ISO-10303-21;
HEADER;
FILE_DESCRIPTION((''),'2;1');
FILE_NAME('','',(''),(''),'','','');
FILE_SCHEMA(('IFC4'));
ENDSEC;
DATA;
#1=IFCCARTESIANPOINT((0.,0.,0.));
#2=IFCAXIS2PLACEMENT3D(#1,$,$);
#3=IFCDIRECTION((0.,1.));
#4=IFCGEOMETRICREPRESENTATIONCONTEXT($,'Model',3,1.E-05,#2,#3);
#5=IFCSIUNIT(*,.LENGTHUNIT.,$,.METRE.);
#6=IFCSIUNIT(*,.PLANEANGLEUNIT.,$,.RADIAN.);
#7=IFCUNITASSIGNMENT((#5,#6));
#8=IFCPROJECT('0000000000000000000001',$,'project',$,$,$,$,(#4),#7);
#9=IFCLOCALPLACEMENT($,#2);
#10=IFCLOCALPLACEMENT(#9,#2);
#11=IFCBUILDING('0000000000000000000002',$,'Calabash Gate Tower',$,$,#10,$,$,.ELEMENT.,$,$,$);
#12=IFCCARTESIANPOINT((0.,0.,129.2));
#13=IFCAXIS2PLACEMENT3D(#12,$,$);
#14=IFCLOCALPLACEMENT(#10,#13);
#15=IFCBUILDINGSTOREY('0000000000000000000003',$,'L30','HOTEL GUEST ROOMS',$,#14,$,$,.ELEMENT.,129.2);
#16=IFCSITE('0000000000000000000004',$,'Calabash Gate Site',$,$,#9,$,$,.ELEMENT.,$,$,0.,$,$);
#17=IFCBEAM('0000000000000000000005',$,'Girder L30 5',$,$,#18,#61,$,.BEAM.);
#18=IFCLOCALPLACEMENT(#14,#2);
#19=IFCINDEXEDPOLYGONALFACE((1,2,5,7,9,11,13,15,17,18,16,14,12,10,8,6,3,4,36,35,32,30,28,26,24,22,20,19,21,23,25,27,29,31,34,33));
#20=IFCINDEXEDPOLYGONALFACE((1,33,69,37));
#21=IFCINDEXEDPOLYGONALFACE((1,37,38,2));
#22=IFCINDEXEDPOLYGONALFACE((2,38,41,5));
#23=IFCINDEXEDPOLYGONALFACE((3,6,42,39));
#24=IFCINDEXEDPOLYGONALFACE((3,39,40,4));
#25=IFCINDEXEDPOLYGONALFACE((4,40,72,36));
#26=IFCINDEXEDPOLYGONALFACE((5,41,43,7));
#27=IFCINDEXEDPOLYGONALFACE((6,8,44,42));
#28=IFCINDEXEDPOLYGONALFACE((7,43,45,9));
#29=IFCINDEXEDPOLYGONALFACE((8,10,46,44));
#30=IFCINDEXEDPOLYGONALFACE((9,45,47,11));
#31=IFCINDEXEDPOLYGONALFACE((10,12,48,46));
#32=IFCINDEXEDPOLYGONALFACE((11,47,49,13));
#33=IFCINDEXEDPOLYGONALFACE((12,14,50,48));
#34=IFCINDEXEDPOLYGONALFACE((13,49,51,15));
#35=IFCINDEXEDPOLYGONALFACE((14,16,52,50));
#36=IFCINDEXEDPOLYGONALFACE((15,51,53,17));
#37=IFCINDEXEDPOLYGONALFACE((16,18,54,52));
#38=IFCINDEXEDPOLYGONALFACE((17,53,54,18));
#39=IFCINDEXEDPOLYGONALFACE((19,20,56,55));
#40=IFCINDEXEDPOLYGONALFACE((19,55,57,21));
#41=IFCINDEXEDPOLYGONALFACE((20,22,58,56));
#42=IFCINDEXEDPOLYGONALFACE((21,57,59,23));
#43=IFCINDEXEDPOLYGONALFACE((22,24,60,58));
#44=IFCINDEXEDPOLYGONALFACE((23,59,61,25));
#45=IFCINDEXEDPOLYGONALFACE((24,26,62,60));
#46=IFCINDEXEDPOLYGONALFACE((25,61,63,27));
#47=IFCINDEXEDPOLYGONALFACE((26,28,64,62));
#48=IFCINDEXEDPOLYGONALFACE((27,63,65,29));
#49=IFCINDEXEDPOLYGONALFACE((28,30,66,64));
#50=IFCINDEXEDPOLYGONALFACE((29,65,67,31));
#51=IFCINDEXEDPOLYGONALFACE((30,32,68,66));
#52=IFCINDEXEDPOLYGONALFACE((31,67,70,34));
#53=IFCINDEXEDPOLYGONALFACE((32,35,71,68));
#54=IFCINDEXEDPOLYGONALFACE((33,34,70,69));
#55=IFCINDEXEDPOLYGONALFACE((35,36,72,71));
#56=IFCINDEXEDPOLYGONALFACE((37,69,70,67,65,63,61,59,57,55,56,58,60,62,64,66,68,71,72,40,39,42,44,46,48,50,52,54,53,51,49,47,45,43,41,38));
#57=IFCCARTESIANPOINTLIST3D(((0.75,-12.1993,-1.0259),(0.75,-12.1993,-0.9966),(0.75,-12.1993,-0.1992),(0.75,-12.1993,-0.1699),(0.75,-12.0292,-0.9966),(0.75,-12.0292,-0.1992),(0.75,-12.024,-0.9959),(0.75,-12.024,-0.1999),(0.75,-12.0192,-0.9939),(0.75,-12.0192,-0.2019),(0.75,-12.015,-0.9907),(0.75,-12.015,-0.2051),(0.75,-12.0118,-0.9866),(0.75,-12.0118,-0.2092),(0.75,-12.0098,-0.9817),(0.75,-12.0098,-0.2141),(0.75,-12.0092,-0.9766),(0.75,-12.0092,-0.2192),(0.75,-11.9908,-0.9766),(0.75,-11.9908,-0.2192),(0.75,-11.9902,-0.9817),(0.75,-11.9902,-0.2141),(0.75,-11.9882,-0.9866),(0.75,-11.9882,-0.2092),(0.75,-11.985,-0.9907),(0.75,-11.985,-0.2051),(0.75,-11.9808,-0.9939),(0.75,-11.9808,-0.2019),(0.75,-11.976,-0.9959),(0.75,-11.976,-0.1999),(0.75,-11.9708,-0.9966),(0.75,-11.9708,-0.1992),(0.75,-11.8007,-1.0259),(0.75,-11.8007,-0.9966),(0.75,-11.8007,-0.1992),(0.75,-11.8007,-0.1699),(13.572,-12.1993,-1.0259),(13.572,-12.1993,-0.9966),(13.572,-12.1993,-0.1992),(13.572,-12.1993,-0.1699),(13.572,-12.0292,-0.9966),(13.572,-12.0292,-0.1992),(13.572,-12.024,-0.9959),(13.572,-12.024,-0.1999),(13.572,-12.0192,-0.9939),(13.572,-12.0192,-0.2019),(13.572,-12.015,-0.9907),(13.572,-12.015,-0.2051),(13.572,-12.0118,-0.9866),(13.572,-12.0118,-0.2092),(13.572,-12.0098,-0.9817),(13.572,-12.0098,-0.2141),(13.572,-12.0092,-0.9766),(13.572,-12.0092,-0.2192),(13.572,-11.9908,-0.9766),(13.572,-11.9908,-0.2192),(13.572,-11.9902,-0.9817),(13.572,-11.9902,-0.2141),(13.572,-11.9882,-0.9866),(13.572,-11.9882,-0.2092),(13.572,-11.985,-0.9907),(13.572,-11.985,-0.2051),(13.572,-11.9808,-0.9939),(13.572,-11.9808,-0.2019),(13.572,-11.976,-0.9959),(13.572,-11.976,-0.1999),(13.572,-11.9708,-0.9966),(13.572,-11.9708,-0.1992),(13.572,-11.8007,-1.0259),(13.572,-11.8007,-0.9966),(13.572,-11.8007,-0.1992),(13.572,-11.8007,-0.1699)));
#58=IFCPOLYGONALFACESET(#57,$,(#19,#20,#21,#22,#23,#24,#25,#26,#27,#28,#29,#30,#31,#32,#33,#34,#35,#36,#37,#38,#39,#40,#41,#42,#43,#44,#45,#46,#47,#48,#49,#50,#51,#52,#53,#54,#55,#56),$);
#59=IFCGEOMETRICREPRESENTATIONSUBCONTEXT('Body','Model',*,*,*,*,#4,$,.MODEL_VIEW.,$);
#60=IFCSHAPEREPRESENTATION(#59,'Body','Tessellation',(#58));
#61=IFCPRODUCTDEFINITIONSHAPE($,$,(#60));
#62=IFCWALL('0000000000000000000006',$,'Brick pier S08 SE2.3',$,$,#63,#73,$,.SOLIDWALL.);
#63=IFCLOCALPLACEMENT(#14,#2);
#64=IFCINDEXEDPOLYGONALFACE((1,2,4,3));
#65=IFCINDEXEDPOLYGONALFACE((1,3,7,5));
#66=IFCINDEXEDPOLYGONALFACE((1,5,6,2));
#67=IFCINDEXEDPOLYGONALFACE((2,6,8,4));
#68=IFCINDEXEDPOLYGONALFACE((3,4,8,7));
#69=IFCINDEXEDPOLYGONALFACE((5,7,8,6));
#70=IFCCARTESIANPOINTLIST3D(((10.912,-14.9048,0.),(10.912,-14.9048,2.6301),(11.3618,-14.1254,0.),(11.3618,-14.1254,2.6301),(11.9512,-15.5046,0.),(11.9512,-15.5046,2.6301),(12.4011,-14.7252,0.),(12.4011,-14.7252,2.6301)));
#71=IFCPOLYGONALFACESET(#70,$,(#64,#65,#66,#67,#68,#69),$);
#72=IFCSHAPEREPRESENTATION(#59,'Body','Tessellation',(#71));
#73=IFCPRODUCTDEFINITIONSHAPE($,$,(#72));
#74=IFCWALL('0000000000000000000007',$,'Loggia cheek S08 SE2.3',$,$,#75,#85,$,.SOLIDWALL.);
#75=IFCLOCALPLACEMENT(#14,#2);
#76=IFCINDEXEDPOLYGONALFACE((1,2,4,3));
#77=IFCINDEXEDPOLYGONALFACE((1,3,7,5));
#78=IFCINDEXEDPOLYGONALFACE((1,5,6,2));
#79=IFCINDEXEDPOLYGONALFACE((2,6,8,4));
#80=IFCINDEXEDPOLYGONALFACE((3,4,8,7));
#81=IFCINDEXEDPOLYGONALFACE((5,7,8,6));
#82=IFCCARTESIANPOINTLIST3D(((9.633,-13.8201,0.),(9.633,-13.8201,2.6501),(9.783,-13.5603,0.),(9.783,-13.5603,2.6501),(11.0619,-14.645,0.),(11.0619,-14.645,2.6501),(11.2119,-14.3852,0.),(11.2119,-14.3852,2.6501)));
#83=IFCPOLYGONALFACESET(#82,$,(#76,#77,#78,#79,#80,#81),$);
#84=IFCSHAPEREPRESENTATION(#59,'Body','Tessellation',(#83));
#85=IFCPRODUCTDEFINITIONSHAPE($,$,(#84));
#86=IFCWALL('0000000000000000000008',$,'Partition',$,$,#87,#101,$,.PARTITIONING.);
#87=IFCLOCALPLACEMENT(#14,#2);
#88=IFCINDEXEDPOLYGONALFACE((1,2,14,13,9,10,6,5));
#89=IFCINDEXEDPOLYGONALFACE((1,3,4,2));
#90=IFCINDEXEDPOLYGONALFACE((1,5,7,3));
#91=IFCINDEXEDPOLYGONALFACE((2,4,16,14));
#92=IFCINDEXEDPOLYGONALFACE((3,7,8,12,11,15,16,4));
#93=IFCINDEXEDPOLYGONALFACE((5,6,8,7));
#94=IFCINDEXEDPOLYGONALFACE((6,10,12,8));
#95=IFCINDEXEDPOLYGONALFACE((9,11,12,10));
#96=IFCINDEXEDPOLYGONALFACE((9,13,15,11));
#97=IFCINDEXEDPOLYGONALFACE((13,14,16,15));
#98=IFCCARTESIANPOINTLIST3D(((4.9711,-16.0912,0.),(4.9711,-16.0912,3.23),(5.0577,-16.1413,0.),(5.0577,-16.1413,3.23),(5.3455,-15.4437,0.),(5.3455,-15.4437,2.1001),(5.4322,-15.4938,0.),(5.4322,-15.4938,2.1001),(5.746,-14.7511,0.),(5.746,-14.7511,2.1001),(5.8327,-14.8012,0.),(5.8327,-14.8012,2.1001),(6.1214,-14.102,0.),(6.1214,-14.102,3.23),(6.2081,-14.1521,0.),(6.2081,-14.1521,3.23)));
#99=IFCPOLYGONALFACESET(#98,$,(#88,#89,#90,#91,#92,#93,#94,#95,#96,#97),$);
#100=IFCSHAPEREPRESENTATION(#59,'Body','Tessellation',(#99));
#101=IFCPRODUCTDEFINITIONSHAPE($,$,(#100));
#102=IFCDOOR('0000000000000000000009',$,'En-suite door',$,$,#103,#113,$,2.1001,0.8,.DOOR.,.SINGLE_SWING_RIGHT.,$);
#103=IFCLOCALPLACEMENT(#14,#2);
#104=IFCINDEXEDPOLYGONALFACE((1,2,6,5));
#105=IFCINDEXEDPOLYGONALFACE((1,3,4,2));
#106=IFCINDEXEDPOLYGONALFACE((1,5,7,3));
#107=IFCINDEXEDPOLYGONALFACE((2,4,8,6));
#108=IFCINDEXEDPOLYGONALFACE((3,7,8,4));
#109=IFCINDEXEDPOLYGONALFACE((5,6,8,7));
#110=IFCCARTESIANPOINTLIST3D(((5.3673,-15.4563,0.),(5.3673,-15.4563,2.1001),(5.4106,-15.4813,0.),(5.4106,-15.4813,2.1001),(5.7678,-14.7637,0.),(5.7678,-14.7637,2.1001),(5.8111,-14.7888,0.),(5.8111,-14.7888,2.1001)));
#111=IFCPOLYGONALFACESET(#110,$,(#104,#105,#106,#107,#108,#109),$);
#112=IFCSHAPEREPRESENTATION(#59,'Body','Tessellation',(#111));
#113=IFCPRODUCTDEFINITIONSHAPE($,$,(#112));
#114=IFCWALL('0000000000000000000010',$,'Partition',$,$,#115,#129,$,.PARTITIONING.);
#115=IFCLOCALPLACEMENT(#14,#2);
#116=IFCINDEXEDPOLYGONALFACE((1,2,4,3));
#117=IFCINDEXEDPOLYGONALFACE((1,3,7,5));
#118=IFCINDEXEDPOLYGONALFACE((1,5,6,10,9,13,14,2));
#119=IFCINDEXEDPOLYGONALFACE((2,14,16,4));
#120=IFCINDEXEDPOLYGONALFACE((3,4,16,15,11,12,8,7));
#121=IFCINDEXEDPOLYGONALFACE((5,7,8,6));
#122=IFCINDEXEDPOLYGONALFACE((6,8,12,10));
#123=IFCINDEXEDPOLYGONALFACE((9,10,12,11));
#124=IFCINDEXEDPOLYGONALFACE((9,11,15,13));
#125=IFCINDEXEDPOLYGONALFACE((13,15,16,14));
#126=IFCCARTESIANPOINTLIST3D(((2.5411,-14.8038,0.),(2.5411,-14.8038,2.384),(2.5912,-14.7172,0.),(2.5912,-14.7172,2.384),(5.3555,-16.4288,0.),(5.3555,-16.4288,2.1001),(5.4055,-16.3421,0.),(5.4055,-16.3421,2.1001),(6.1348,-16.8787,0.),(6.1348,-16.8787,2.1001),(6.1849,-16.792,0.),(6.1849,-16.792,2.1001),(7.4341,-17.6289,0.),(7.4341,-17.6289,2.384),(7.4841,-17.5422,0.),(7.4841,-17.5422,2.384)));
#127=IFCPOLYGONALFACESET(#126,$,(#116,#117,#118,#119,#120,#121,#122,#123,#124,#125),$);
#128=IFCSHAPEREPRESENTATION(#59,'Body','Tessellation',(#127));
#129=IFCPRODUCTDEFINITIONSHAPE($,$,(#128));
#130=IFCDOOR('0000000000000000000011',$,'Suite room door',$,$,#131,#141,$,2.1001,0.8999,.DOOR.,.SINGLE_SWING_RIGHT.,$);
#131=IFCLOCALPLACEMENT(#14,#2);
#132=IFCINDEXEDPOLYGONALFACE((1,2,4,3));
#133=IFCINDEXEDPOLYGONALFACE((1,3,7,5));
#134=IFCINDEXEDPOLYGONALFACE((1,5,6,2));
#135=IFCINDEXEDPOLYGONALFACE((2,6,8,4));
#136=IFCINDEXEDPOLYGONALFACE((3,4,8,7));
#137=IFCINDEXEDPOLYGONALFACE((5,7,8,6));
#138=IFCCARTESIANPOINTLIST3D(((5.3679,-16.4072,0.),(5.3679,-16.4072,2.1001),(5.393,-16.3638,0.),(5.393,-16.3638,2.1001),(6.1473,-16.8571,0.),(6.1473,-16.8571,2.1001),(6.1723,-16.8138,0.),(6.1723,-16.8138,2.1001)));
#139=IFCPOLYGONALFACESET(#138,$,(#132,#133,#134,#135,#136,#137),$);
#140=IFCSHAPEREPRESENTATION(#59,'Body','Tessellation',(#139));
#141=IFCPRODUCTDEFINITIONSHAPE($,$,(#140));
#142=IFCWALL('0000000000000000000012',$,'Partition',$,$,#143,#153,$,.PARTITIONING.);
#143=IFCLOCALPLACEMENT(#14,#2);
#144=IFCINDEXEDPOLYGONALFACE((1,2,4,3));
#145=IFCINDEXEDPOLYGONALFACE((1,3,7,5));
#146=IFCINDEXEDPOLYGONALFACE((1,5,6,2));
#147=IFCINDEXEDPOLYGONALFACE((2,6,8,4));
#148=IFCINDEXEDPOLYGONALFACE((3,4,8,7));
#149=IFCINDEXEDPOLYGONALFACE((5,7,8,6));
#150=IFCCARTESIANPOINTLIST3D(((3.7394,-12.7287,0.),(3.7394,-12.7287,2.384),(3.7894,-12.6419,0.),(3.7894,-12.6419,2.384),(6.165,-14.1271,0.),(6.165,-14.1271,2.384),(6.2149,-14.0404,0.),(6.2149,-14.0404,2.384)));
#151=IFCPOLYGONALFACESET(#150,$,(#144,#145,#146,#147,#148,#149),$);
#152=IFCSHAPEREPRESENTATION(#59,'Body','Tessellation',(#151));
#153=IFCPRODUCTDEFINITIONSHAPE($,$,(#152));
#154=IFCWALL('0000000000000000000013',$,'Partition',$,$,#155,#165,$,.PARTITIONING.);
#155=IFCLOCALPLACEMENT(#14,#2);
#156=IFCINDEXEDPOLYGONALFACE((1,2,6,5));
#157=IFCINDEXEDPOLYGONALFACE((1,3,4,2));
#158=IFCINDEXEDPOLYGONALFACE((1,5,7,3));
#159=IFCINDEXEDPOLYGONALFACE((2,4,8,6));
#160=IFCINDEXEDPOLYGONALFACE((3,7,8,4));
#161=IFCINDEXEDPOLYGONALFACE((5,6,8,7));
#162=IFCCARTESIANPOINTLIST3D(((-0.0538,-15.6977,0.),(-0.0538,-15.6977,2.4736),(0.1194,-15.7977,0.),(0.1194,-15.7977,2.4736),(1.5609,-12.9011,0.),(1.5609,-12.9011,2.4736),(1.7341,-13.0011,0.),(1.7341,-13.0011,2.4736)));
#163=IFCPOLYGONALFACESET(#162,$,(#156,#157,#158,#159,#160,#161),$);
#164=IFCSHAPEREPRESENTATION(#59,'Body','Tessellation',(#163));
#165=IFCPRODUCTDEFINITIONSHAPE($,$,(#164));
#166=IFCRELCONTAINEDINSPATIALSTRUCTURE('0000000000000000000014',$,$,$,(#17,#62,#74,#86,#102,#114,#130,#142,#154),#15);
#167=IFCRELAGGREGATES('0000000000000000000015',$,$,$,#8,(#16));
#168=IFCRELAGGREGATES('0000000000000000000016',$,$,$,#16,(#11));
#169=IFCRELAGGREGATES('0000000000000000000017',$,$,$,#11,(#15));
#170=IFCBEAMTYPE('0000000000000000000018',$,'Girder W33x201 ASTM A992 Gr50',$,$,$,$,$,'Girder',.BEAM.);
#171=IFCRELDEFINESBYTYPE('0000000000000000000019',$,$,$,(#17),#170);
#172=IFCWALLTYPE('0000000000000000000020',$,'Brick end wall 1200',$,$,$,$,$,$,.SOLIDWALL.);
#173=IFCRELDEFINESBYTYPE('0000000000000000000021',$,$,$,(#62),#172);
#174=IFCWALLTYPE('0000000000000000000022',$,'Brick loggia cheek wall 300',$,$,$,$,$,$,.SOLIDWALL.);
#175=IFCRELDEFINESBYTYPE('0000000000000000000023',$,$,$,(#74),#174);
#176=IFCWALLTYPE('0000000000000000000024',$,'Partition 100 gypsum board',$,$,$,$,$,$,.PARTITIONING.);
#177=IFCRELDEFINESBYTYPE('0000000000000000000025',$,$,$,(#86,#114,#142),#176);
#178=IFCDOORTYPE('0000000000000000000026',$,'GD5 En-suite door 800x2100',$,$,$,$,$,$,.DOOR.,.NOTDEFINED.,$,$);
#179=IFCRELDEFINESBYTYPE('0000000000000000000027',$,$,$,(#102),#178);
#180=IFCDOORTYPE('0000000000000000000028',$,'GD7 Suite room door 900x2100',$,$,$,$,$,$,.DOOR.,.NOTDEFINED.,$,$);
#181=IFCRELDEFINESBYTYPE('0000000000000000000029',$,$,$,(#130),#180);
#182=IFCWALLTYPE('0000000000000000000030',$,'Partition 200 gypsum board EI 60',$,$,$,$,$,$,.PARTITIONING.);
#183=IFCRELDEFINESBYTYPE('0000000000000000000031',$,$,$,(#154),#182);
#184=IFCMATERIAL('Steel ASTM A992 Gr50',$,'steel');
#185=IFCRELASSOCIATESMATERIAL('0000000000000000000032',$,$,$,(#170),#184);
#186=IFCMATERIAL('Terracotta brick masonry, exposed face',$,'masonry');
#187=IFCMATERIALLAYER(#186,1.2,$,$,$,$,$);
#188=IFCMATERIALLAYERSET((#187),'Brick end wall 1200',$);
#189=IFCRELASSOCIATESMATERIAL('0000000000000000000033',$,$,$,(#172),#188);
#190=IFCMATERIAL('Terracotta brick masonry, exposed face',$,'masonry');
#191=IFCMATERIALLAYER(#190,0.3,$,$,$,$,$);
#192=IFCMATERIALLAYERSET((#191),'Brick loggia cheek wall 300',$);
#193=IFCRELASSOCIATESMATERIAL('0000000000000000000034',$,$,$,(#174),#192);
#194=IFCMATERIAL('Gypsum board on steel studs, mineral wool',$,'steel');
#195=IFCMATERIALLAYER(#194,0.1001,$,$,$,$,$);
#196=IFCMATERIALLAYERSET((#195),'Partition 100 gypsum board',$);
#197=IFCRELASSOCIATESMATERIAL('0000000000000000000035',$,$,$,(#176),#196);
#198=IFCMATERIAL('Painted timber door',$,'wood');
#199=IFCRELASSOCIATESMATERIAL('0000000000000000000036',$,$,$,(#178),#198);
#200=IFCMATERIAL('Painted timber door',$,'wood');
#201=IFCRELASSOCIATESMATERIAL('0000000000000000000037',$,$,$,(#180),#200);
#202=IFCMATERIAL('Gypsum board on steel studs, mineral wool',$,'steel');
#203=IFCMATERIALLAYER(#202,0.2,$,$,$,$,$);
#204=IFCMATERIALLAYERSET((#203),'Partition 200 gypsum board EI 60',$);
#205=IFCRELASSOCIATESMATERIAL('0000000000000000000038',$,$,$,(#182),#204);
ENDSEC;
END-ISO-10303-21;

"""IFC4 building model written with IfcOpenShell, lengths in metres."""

from ifc_helpers import new_model, si_unit, direction, frame, frame_2d, origin, origin_2d, place, context, subcontext, project, spatial, rectangle, i_section, extrude, material, layer, layer_set, material_profile, profile_set, type_object, element, fill, save


model = new_model("IFC4")

# Units and contexts
model_context = context("Model", 3, precision=1e-05, world=origin(), true_north=direction((0.0, 1.0)))
body_context = subcontext(model_context, "Body", "Model", "MODEL_VIEW")
ifc_project = project(units=[si_unit("LENGTHUNIT", "METRE"), si_unit("PLANEANGLEUNIT", "RADIAN")], contexts=[model_context])

# Site, building, storey
site_placement = place(None, origin())
site = spatial("IfcSite", under=ifc_project, at=site_placement, Name="Calabash Gate Site", CompositionType="ELEMENT", RefElevation=0.0)
building_placement = place(site_placement, origin())
building = spatial("IfcBuilding", under=site, at=building_placement, Name="Calabash Gate Tower", CompositionType="ELEMENT")
storey_placement = place(building_placement, frame((0.0, 0.0, 129.2)))
storey = spatial("IfcBuildingStorey", under=building, at=storey_placement, Name="L30", Description="HOTEL GUEST ROOMS", CompositionType="ELEMENT", Elevation=129.2)

# Beam
ifc_material_1 = material(Name="Steel ASTM A992 Gr50", Category="steel")
ifc_material_profile_1 = material_profile(ifc_material_1, i_section(OverallWidth=0.3987, OverallDepth=0.856, WebThickness=0.0183, FlangeThickness=0.0293, FilletRadius=0.02, at=origin_2d()))
ifc_profile_set_1 = profile_set([ifc_material_profile_1], Name="Steel ASTM A992 Gr50")
beam_type_1 = type_object("IfcBeamType", Name="Girder W33x201 ASTM A992 Gr50", ElementType="Girder", PredefinedType="BEAM", material=ifc_profile_set_1)
beam_1_placement = place(storey_placement, frame((0.75, -12.0, -0.5979), z_axis=(1.0, 0.0, 0.0), x_axis=(0.0, 1.0, 0.0)))
element("IfcBeam", 1, at=beam_1_placement, inside=storey, type_object=beam_type_1, Name="Girder L30 5", PredefinedType="BEAM", context=body_context, shape_type="SweptSolid", body=[
    extrude(i_section(OverallWidth=0.3987, OverallDepth=0.856, WebThickness=0.0183, FlangeThickness=0.0293, FilletRadius=0.02, at=origin_2d()), origin(), (0.0, 0.0, 1.0), 12.822),
])

# Walls
ifc_material_2 = material(Name="Terracotta brick masonry, exposed face", Category="masonry")
ifc_layer_1 = layer(ifc_material_2, 1.2)
ifc_layer_set_1 = layer_set([ifc_layer_1], Name="Brick end wall 1200")
wall_type_1 = type_object("IfcWallType", Name="Brick end wall 1200", PredefinedType="SOLIDWALL", material=ifc_layer_set_1)
wall_1_placement = place(storey_placement, frame((12.1763, -15.115, 0.0), z_axis=(0.0, 0.0, 1.0), x_axis=(-0.866094, 0.499881, 0.0)))
element("IfcWall", 2, at=wall_1_placement, inside=storey, type_object=wall_type_1, Name="Brick pier S08 SE2.3", PredefinedType="SOLIDWALL", context=body_context, shape_type="SweptSolid", body=[
    extrude(rectangle(XDim=1.2, YDim=0.8999, at=frame_2d((0.6001, 0.0))), origin(), (0.0, 0.0, 1.0), 2.6301),
])
ifc_material_3 = material(Name="Terracotta brick masonry, exposed face", Category="masonry")
ifc_layer_2 = layer(ifc_material_3, 0.3)
ifc_layer_set_2 = layer_set([ifc_layer_2], Name="Brick loggia cheek wall 300")
wall_type_2 = type_object("IfcWallType", Name="Brick loggia cheek wall 300", PredefinedType="SOLIDWALL", material=ifc_layer_set_2)
wall_2_placement = place(storey_placement, frame((9.708, -13.6902, 0.0), z_axis=(0.0, 0.0, 1.0), x_axis=(0.86604, -0.499974, 0.0)))
element("IfcWall", 3, at=wall_2_placement, inside=storey, type_object=wall_type_2, Name="Loggia cheek S08 SE2.3", PredefinedType="SOLIDWALL", context=body_context, shape_type="SweptSolid", body=[
    extrude(rectangle(XDim=1.6499, YDim=0.3, at=frame_2d((0.825, 0.0))), origin(), (0.0, 0.0, 1.0), 2.6501),
])

# Walls, openings, doors
ifc_material_4 = material(Name="Gypsum board on steel studs, mineral wool", Category="steel")
ifc_layer_3 = layer(ifc_material_4, 0.1001)
ifc_layer_set_3 = layer_set([ifc_layer_3], Name="Partition 100 gypsum board")
wall_type_3 = type_object("IfcWallType", Name="Partition 100 gypsum board", PredefinedType="PARTITIONING", material=ifc_layer_set_3)
wall_3_placement = place(storey_placement, frame((5.0144, -16.1162, 0.0), z_axis=(0.0, 0.0, 1.0), x_axis=(0.500617, 0.865669, 0.0)))
wall_3 = element("IfcWall", 4, at=wall_3_placement, inside=storey, type_object=wall_type_3, Name="Partition", PredefinedType="PARTITIONING", context=body_context, shape_type="SweptSolid", body=[
    extrude(rectangle(XDim=2.2979, YDim=0.1001, at=frame_2d((1.1489, 0.0))), origin(), (0.0, 0.0, 1.0), 3.23),
])
opening_1_placement = place(wall_3_placement, frame((0.748, 0.0, 0.0)))
opening_1 = element("IfcOpeningElement", 5, at=opening_1_placement, cuts=wall_3, PredefinedType="OPENING", context=body_context, shape_type="SweptSolid", body=[
    extrude(rectangle(XDim=0.8, YDim=2.1001, at=frame_2d((0.3999, 1.05))), frame((0.0, 0.0601, 0.0), z_axis=(0.0, -1.0, 0.0), x_axis=(1.0, 0.0, 0.0)), (0.0, 0.0, 1.0), 0.1201),
])
ifc_material_5 = material(Name="Painted timber door", Category="wood")
door_type_1 = type_object("IfcDoorType", Name="GD5 En-suite door 800x2100", OperationType="NOTDEFINED", PredefinedType="DOOR", material=ifc_material_5)
door_1_placement = place(opening_1_placement, origin())
door_1 = element("IfcDoor", 6, at=door_1_placement, inside=storey, type_object=door_type_1, Name="En-suite door", OperationType="SINGLE_SWING_RIGHT", OverallHeight=2.1001, OverallWidth=0.8, PredefinedType="DOOR", context=body_context, shape_type="SweptSolid", body=[
    extrude(rectangle(XDim=0.8, YDim=2.1001, at=frame_2d((0.3999, 1.05))), frame((0.0, 0.0249, 0.0), z_axis=(0.0, -1.0, 0.0), x_axis=(1.0, 0.0, 0.0)), (0.0, 0.0, 1.0), 0.05),
])
fill(opening_1, door_1)
wall_4_placement = place(storey_placement, frame((2.5662, -14.7605, 0.0), z_axis=(0.0, 0.0, 1.0), x_axis=(0.866019, -0.50001, 0.0)))
wall_4 = element("IfcWall", 7, at=wall_4_placement, inside=storey, type_object=wall_type_3, Name="Partition", PredefinedType="PARTITIONING", context=body_context, shape_type="SweptSolid", body=[
    extrude(rectangle(XDim=5.6499, YDim=0.1001, at=frame_2d((2.825, 0.0))), origin(), (0.0, 0.0, 1.0), 2.384),
])
opening_2_placement = place(wall_4_placement, frame((3.2498, 0.0, 0.0)))
opening_2 = element("IfcOpeningElement", 8, at=opening_2_placement, cuts=wall_4, PredefinedType="OPENING", context=body_context, shape_type="SweptSolid", body=[
    extrude(rectangle(XDim=0.8999, YDim=2.1001, at=frame_2d((0.45, 1.05))), frame((0.0, 0.0601, 0.0), z_axis=(0.0, -1.0, 0.0), x_axis=(1.0, 0.0, 0.0)), (0.0, 0.0, 1.0), 0.1201),
])
ifc_material_6 = material(Name="Painted timber door", Category="wood")
door_type_2 = type_object("IfcDoorType", Name="GD7 Suite room door 900x2100", OperationType="NOTDEFINED", PredefinedType="DOOR", material=ifc_material_6)
door_2_placement = place(opening_2_placement, origin())
door_2 = element("IfcDoor", 9, at=door_2_placement, inside=storey, type_object=door_type_2, Name="Suite room door", OperationType="SINGLE_SWING_RIGHT", OverallHeight=2.1001, OverallWidth=0.8999, PredefinedType="DOOR", context=body_context, shape_type="SweptSolid", body=[
    extrude(rectangle(XDim=0.8999, YDim=2.1001, at=frame_2d((0.45, 1.05))), frame((0.0, 0.0249, 0.0), z_axis=(0.0, -1.0, 0.0), x_axis=(1.0, 0.0, 0.0)), (0.0, 0.0, 1.0), 0.05),
])
fill(opening_2, door_2)

# Walls
wall_5_placement = place(storey_placement, frame((3.7644, -12.6853, 0.0), z_axis=(0.0, 0.0, 1.0), x_axis=(0.866326, -0.499478, 0.0)))
element("IfcWall", 10, at=wall_5_placement, inside=storey, type_object=wall_type_3, Name="Partition", PredefinedType="PARTITIONING", context=body_context, shape_type="SweptSolid", body=[
    extrude(rectangle(XDim=2.7998, YDim=0.1001, at=frame_2d((1.3999, 0.0))), origin(), (0.0, 0.0, 1.0), 2.384),
])
ifc_material_7 = material(Name="Gypsum board on steel studs, mineral wool", Category="steel")
ifc_layer_4 = layer(ifc_material_7, 0.2)
ifc_layer_set_4 = layer_set([ifc_layer_4], Name="Partition 200 gypsum board EI 60")
wall_type_4 = type_object("IfcWallType", Name="Partition 200 gypsum board EI 60", PredefinedType="PARTITIONING", material=ifc_layer_set_4)
wall_6_placement = place(storey_placement, frame((0.0327, -15.7478, 0.0), z_axis=(0.0, 0.0, 1.0), x_axis=(0.500026, 0.866011, 0.0)))
element("IfcWall", 11, at=wall_6_placement, inside=storey, type_object=wall_type_4, Name="Partition", PredefinedType="PARTITIONING", context=body_context, shape_type="SweptSolid", body=[
    extrude(rectangle(XDim=3.2292, YDim=0.2, at=frame_2d((1.6147, 0.0))), origin(), (0.0, 0.0, 1.0), 2.4736),
])

save(model, "model.ifc")
